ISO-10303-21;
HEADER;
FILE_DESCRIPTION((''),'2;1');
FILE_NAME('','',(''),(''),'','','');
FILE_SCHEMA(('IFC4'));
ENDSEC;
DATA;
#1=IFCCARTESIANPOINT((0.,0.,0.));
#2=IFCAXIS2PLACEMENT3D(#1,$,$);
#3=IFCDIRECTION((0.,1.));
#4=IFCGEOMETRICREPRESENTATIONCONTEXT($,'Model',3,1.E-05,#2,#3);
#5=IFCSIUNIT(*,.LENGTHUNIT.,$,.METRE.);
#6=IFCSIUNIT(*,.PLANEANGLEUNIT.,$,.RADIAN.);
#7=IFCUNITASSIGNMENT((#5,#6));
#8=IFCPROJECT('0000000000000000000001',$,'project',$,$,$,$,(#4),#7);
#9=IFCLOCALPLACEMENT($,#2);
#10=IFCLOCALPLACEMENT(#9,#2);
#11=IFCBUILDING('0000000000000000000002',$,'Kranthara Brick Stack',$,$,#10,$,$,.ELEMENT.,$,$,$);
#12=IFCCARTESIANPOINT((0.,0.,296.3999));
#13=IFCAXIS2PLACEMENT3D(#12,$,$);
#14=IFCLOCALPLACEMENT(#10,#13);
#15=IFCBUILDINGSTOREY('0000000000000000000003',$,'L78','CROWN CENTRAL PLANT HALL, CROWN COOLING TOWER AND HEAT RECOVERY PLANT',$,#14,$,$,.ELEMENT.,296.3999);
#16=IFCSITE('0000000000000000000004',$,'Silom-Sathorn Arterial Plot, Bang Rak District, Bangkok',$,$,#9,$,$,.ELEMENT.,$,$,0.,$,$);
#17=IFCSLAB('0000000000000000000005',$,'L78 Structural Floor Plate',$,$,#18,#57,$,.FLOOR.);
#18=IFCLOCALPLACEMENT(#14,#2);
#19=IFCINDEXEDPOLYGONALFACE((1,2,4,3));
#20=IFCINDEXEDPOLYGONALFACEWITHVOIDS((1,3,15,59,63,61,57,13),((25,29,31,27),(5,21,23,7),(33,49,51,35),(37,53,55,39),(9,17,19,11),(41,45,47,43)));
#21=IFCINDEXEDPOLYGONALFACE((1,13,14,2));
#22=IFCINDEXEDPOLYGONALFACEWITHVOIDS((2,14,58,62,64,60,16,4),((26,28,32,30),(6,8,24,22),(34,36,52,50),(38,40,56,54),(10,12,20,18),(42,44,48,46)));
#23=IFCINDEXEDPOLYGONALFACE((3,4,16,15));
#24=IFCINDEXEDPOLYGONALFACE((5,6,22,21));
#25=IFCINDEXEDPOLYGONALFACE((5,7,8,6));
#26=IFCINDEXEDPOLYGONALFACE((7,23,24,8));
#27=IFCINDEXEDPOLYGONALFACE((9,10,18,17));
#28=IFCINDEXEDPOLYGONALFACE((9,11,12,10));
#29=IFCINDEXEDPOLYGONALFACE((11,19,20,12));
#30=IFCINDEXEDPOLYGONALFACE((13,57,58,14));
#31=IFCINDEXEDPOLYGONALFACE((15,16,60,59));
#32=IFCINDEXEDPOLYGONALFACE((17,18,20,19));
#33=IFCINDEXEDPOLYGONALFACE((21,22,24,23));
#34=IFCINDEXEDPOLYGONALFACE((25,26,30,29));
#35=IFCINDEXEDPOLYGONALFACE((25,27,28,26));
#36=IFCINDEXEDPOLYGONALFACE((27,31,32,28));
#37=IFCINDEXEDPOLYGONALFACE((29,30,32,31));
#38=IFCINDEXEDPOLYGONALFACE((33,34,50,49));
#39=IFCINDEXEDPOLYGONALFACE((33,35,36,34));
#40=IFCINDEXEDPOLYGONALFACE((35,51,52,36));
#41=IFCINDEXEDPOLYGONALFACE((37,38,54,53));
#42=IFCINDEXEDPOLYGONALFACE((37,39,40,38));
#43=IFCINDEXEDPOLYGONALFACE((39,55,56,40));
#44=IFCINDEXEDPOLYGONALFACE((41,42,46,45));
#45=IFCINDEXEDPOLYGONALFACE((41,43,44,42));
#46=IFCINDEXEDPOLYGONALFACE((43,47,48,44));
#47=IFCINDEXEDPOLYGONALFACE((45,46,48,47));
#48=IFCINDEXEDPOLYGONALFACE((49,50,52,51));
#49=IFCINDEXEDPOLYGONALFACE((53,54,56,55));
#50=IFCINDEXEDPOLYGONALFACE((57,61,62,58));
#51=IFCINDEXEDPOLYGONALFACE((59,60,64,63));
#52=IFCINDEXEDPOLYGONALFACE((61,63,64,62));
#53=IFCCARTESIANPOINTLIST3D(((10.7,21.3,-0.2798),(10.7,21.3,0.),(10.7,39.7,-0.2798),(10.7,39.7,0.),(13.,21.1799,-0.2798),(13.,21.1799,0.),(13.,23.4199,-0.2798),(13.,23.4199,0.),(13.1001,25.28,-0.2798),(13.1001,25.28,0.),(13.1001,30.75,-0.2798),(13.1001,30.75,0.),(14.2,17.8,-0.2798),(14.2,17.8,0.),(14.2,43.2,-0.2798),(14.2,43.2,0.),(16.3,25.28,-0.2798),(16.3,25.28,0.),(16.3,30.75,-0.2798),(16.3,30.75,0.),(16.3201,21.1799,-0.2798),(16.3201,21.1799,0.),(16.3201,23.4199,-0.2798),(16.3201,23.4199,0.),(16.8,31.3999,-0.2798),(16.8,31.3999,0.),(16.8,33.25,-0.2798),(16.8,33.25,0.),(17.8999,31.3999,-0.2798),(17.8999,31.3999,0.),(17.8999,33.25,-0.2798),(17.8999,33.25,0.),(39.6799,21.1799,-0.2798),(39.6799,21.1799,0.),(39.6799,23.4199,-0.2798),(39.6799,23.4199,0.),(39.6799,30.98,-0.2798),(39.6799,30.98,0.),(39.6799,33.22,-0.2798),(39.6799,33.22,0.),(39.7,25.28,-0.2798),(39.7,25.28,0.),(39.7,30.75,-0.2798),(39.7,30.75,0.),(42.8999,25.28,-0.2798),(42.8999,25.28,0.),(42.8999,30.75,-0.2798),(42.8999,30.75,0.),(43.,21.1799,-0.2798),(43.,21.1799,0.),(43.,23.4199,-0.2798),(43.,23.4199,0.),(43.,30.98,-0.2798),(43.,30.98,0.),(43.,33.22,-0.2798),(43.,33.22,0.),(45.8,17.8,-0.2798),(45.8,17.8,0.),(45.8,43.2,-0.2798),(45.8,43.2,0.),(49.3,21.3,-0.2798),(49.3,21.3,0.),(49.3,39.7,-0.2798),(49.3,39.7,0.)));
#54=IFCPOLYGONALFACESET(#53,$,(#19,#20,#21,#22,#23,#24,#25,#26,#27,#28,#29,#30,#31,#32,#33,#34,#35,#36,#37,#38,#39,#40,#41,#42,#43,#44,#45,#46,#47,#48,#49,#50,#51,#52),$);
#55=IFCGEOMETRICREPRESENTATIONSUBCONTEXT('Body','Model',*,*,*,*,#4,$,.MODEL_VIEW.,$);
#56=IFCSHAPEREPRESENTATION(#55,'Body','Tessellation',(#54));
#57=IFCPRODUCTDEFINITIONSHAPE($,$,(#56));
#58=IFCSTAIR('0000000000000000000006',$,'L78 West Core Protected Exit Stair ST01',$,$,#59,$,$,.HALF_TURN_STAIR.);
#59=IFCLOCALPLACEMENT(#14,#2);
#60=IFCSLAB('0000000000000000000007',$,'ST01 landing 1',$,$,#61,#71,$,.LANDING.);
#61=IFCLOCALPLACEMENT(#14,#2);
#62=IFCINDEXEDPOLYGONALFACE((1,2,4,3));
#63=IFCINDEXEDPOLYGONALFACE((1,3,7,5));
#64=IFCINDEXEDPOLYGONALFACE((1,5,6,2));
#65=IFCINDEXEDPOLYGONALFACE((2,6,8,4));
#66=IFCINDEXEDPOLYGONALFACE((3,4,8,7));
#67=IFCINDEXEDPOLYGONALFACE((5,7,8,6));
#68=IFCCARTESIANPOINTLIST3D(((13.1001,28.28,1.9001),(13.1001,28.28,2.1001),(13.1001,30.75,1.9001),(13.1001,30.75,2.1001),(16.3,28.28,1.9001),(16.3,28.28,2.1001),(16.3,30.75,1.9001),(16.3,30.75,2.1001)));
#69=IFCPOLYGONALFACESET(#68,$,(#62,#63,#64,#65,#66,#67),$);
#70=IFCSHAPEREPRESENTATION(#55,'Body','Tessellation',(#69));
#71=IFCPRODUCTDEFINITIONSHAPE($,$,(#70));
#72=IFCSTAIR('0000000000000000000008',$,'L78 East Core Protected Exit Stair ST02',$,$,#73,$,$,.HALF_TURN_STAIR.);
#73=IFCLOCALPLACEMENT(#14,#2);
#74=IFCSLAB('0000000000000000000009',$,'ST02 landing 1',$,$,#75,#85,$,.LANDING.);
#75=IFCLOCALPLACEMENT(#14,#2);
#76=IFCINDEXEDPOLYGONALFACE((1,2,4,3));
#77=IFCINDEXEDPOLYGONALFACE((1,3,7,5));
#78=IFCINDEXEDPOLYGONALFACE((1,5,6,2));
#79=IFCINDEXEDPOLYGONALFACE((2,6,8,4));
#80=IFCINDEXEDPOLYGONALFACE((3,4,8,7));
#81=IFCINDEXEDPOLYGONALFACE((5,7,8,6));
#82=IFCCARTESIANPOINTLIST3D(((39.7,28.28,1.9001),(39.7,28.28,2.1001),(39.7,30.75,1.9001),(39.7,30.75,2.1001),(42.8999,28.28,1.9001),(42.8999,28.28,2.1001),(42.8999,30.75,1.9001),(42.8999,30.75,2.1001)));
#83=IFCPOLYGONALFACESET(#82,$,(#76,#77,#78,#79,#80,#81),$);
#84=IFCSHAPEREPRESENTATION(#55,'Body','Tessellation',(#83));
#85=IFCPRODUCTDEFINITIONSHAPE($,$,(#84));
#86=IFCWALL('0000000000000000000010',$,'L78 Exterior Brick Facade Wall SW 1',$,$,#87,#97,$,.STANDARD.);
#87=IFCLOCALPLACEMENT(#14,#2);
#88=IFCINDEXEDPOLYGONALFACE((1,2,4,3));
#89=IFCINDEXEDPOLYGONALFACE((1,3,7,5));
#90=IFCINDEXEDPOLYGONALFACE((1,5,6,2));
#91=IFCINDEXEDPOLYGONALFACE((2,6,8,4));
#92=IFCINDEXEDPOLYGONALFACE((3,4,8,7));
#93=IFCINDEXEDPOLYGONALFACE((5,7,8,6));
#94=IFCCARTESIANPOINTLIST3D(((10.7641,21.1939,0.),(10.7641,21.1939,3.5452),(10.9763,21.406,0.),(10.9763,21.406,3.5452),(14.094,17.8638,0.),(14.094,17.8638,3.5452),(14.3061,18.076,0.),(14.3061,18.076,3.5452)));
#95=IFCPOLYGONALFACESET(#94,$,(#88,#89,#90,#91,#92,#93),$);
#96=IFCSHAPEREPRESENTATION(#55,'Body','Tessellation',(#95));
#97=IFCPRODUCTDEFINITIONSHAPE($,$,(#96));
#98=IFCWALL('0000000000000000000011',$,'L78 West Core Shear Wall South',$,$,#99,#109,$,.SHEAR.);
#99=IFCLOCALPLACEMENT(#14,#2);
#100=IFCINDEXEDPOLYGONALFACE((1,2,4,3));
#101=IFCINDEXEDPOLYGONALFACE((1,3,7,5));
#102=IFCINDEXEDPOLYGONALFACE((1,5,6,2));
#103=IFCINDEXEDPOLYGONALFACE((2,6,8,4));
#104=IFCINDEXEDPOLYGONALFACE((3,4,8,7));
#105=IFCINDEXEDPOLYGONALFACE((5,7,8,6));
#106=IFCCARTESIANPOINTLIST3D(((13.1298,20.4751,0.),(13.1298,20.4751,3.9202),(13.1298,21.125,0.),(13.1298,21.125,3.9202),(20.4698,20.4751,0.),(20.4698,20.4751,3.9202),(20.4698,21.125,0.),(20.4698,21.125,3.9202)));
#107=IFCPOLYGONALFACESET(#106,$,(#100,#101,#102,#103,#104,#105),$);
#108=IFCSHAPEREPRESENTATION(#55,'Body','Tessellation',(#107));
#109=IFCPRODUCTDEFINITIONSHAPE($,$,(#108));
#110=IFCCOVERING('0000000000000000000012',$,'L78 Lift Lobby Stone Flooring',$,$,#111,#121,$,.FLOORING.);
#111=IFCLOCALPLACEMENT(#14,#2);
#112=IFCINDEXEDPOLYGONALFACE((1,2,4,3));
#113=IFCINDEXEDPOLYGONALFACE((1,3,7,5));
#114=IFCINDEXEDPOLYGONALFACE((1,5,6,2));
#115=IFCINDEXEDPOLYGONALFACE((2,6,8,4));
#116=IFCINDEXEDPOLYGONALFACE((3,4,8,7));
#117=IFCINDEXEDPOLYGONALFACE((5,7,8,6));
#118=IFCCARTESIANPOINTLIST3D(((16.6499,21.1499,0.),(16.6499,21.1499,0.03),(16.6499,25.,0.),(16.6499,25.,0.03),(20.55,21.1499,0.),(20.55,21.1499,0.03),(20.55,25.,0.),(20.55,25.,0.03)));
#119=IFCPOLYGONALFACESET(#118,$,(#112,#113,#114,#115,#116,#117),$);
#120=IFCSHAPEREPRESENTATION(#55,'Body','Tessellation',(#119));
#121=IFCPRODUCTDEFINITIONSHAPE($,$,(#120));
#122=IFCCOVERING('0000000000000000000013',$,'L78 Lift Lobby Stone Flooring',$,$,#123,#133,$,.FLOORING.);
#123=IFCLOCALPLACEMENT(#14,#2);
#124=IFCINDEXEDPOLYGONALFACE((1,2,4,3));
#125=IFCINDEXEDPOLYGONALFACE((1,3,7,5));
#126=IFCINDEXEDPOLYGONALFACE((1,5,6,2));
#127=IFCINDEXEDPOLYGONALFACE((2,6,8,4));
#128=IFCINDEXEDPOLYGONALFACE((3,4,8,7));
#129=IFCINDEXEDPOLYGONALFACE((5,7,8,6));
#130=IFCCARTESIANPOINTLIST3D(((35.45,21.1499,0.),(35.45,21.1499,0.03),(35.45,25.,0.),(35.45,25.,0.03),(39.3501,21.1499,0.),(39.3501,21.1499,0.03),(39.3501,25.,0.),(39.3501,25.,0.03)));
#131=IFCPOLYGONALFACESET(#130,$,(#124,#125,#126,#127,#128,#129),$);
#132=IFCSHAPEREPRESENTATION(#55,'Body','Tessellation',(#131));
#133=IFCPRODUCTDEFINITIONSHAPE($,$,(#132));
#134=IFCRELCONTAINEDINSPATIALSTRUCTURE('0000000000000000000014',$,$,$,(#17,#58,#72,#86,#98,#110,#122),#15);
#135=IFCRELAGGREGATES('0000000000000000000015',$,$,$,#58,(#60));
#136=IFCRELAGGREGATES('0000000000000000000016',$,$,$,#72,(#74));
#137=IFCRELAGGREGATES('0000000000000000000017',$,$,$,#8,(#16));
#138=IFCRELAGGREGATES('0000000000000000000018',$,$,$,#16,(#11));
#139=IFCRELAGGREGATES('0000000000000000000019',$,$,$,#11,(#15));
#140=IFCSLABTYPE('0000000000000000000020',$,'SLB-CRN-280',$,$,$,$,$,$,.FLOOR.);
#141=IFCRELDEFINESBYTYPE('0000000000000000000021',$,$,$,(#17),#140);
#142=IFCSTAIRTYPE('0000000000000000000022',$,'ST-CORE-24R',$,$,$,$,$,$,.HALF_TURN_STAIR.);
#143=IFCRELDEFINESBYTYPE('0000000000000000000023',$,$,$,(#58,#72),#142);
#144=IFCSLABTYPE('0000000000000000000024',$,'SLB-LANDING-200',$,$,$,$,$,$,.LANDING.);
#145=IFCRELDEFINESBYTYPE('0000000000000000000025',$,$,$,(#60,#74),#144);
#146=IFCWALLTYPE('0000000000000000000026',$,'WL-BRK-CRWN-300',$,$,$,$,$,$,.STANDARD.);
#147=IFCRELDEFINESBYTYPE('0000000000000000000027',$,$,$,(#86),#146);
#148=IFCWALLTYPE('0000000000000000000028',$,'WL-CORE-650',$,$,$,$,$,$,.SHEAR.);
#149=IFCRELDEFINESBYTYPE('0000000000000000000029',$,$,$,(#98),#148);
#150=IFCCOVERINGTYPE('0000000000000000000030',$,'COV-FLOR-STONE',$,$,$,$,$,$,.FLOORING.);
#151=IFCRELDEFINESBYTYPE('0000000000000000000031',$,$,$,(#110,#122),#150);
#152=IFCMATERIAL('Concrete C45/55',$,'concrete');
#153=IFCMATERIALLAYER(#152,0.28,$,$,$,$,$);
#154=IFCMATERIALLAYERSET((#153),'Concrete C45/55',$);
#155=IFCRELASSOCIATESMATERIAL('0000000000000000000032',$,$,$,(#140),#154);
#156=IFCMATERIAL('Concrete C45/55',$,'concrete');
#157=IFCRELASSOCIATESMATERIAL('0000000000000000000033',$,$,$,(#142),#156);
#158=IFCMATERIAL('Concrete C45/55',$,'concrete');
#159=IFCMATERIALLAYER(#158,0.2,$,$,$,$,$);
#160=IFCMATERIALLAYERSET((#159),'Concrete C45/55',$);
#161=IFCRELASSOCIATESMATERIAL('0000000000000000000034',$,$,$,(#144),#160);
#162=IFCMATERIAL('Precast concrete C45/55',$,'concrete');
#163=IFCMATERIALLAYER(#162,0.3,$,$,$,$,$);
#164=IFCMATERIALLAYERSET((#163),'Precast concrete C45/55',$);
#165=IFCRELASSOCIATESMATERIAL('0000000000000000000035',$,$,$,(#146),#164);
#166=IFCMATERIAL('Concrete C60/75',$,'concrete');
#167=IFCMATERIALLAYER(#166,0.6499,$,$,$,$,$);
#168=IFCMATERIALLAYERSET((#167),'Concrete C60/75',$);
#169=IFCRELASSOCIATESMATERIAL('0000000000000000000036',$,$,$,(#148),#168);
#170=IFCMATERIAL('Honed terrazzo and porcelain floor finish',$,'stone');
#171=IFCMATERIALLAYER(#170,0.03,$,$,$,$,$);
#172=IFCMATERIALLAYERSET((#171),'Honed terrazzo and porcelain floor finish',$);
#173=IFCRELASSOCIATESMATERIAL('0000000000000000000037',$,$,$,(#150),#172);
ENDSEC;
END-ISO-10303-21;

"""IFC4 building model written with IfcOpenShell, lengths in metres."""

from ifc_helpers import new_model, si_unit, direction, frame, frame_2d, origin, place, context, subcontext, project, spatial, polyline, rectangle, outline, extrude, material, layer, layer_set, type_object, element, aggregate, save


model = new_model("IFC4")

# Units and contexts
model_context = context("Model", 3, precision=1e-05, world=origin(), true_north=direction((0.0, 1.0)))
body_context = subcontext(model_context, "Body", "Model", "MODEL_VIEW")
ifc_project = project(units=[si_unit("LENGTHUNIT", "METRE"), si_unit("PLANEANGLEUNIT", "RADIAN")], contexts=[model_context])

# Site, building, storey
site_placement = place(None, origin())
site = spatial("IfcSite", under=ifc_project, at=site_placement, Name="Silom-Sathorn Arterial Plot, Bang Rak District, Bangkok", CompositionType="ELEMENT", RefElevation=0.0)
building_placement = place(site_placement, origin())
building = spatial("IfcBuilding", under=site, at=building_placement, Name="Kranthara Brick Stack", CompositionType="ELEMENT")
storey_placement = place(building_placement, frame((0.0, 0.0, 296.3999)))
storey = spatial("IfcBuildingStorey", under=building, at=storey_placement, Name="L78", Description="CROWN CENTRAL PLANT HALL, CROWN COOLING TOWER AND HEAT RECOVERY PLANT", CompositionType="ELEMENT", Elevation=296.3999)

# Slab
ifc_material_1 = material(Name="Concrete C45/55", Category="concrete")
ifc_layer_1 = layer(ifc_material_1, 0.28)
ifc_layer_set_1 = layer_set([ifc_layer_1], Name="Concrete C45/55")
slab_type_1 = type_object("IfcSlabType", Name="SLB-CRN-280", PredefinedType="FLOOR", material=ifc_layer_set_1)
slab_1_placement = place(storey_placement, frame((0.0, 0.0, -0.2798)))
element("IfcSlab", 1, at=slab_1_placement, inside=storey, type_object=slab_type_1, Name="L78 Structural Floor Plate", PredefinedType="FLOOR", context=body_context, shape_type="SweptSolid", body=[
    extrude(outline(polyline([(14.2, 17.8), (45.8, 17.8), (49.3, 21.3), (49.3, 39.7), (45.8, 43.2), (14.2, 43.2), (10.7, 39.7), (10.7, 21.3), (14.2, 17.8)]), holes=[polyline([(13.1001, 25.28), (16.3, 25.28), (16.3, 30.75), (13.1001, 30.75), (13.1001, 25.28)]), polyline([(39.7, 25.28), (42.8999, 25.28), (42.8999, 30.75), (39.7, 30.75), (39.7, 25.28)]), polyline([(13.0, 21.1799), (16.3201, 21.1799), (16.3201, 23.4199), (13.0, 23.4199), (13.0, 21.1799)]), polyline([(39.6799, 21.1799), (43.0, 21.1799), (43.0, 23.4199), (39.6799, 23.4199), (39.6799, 21.1799)]), polyline([(39.6799, 30.98), (43.0, 30.98), (43.0, 33.22), (39.6799, 33.22), (39.6799, 30.98)]), polyline([(16.8, 31.3999), (17.8999, 31.3999), (17.8999, 33.25), (16.8, 33.25), (16.8, 31.3999)])]), origin(), (0.0, 0.0, 1.0), 0.2798),
])

# Stairs, slabs
ifc_material_2 = material(Name="Concrete C45/55", Category="concrete")
stair_type = type_object("IfcStairType", Name="ST-CORE-24R", PredefinedType="HALF_TURN_STAIR", material=ifc_material_2)
stair_1_placement = place(storey_placement, origin())
stair_1 = element("IfcStair", 2, at=stair_1_placement, inside=storey, type_object=stair_type, Name="L78 West Core Protected Exit Stair ST01", PredefinedType="HALF_TURN_STAIR")
ifc_material_3 = material(Name="Concrete C45/55", Category="concrete")
ifc_layer_2 = layer(ifc_material_3, 0.2)
ifc_layer_set_2 = layer_set([ifc_layer_2], Name="Concrete C45/55")
slab_type_2 = type_object("IfcSlabType", Name="SLB-LANDING-200", PredefinedType="LANDING", material=ifc_layer_set_2)
slab_2_placement = place(storey_placement, frame((0.0, 0.0, 1.9001)))
slab_2 = element("IfcSlab", 3, at=slab_2_placement, type_object=slab_type_2, Name="ST01 landing 1", PredefinedType="LANDING", context=body_context, shape_type="SweptSolid", body=[
    extrude(outline(polyline([(16.3, 28.28), (16.3, 30.75), (13.1001, 30.75), (13.1001, 28.28), (16.3, 28.28)])), origin(), (0.0, 0.0, 1.0), 0.2),
])
aggregate(stair_1, [slab_2])
stair_2_placement = place(storey_placement, origin())
stair_2 = element("IfcStair", 4, at=stair_2_placement, inside=storey, type_object=stair_type, Name="L78 East Core Protected Exit Stair ST02", PredefinedType="HALF_TURN_STAIR")
slab_3_placement = place(storey_placement, frame((0.0, 0.0, 1.9001)))
slab_3 = element("IfcSlab", 5, at=slab_3_placement, type_object=slab_type_2, Name="ST02 landing 1", PredefinedType="LANDING", context=body_context, shape_type="SweptSolid", body=[
    extrude(outline(polyline([(42.8999, 28.28), (42.8999, 30.75), (39.7, 30.75), (39.7, 28.28), (42.8999, 28.28)])), origin(), (0.0, 0.0, 1.0), 0.2),
])
aggregate(stair_2, [slab_3])

# Walls
ifc_material_4 = material(Name="Precast concrete C45/55", Category="concrete")
ifc_layer_3 = layer(ifc_material_4, 0.3)
ifc_layer_set_3 = layer_set([ifc_layer_3], Name="Precast concrete C45/55")
wall_type_1 = type_object("IfcWallType", Name="WL-BRK-CRWN-300", PredefinedType="STANDARD", material=ifc_layer_set_3)
wall_1_placement = place(storey_placement, frame((14.2, 17.97, 0.0), z_axis=(0.0, 0.0, 1.0), x_axis=(-0.707081, 0.707133, 0.0)))
element("IfcWall", 6, at=wall_1_placement, inside=storey, type_object=wall_type_1, Name="L78 Exterior Brick Facade Wall SW 1", PredefinedType="STANDARD", context=body_context, shape_type="SweptSolid", body=[
    extrude(rectangle(XDim=4.7092, YDim=0.3, at=frame_2d((2.3545, 0.0))), origin(), (0.0, 0.0, 1.0), 3.5452),
])
ifc_material_5 = material(Name="Concrete C60/75", Category="concrete")
ifc_layer_4 = layer(ifc_material_5, 0.6499)
ifc_layer_set_4 = layer_set([ifc_layer_4], Name="Concrete C60/75")
wall_type_2 = type_object("IfcWallType", Name="WL-CORE-650", PredefinedType="SHEAR", material=ifc_layer_set_4)
wall_2_placement = place(storey_placement, frame((13.1299, 20.8, 0.0), z_axis=(0.0, 0.0, 1.0), x_axis=(1.0, 0.0, 0.0)))
element("IfcWall", 7, at=wall_2_placement, inside=storey, type_object=wall_type_2, Name="L78 West Core Shear Wall South", PredefinedType="SHEAR", context=body_context, shape_type="SweptSolid", body=[
    extrude(rectangle(XDim=7.3401, YDim=0.6499, at=frame_2d((3.6699, 0.0))), origin(), (0.0, 0.0, 1.0), 3.9202),
])

# Coverings
ifc_material_6 = material(Name="Honed terrazzo and porcelain floor finish", Category="stone")
ifc_layer_5 = layer(ifc_material_6, 0.03)
ifc_layer_set_5 = layer_set([ifc_layer_5], Name="Honed terrazzo and porcelain floor finish")
covering_type = type_object("IfcCoveringType", Name="COV-FLOR-STONE", PredefinedType="FLOORING", material=ifc_layer_set_5)
covering_1_placement = place(storey_placement, origin())
element("IfcCovering", 8, at=covering_1_placement, inside=storey, type_object=covering_type, Name="L78 Lift Lobby Stone Flooring", PredefinedType="FLOORING", context=body_context, shape_type="SweptSolid", body=[
    extrude(outline(polyline([(20.55, 21.1499), (20.55, 25.0), (16.6499, 25.0), (16.6499, 21.1499), (20.55, 21.1499)])), origin(), (0.0, 0.0, 1.0), 0.03),
])
covering_2_placement = place(storey_placement, origin())
element("IfcCovering", 9, at=covering_2_placement, inside=storey, type_object=covering_type, Name="L78 Lift Lobby Stone Flooring", PredefinedType="FLOORING", context=body_context, shape_type="SweptSolid", body=[
    extrude(outline(polyline([(39.3501, 21.1499), (39.3501, 25.0), (35.45, 25.0), (35.45, 21.1499), (39.3501, 21.1499)])), origin(), (0.0, 0.0, 1.0), 0.03),
])

save(model, "model.ifc")
